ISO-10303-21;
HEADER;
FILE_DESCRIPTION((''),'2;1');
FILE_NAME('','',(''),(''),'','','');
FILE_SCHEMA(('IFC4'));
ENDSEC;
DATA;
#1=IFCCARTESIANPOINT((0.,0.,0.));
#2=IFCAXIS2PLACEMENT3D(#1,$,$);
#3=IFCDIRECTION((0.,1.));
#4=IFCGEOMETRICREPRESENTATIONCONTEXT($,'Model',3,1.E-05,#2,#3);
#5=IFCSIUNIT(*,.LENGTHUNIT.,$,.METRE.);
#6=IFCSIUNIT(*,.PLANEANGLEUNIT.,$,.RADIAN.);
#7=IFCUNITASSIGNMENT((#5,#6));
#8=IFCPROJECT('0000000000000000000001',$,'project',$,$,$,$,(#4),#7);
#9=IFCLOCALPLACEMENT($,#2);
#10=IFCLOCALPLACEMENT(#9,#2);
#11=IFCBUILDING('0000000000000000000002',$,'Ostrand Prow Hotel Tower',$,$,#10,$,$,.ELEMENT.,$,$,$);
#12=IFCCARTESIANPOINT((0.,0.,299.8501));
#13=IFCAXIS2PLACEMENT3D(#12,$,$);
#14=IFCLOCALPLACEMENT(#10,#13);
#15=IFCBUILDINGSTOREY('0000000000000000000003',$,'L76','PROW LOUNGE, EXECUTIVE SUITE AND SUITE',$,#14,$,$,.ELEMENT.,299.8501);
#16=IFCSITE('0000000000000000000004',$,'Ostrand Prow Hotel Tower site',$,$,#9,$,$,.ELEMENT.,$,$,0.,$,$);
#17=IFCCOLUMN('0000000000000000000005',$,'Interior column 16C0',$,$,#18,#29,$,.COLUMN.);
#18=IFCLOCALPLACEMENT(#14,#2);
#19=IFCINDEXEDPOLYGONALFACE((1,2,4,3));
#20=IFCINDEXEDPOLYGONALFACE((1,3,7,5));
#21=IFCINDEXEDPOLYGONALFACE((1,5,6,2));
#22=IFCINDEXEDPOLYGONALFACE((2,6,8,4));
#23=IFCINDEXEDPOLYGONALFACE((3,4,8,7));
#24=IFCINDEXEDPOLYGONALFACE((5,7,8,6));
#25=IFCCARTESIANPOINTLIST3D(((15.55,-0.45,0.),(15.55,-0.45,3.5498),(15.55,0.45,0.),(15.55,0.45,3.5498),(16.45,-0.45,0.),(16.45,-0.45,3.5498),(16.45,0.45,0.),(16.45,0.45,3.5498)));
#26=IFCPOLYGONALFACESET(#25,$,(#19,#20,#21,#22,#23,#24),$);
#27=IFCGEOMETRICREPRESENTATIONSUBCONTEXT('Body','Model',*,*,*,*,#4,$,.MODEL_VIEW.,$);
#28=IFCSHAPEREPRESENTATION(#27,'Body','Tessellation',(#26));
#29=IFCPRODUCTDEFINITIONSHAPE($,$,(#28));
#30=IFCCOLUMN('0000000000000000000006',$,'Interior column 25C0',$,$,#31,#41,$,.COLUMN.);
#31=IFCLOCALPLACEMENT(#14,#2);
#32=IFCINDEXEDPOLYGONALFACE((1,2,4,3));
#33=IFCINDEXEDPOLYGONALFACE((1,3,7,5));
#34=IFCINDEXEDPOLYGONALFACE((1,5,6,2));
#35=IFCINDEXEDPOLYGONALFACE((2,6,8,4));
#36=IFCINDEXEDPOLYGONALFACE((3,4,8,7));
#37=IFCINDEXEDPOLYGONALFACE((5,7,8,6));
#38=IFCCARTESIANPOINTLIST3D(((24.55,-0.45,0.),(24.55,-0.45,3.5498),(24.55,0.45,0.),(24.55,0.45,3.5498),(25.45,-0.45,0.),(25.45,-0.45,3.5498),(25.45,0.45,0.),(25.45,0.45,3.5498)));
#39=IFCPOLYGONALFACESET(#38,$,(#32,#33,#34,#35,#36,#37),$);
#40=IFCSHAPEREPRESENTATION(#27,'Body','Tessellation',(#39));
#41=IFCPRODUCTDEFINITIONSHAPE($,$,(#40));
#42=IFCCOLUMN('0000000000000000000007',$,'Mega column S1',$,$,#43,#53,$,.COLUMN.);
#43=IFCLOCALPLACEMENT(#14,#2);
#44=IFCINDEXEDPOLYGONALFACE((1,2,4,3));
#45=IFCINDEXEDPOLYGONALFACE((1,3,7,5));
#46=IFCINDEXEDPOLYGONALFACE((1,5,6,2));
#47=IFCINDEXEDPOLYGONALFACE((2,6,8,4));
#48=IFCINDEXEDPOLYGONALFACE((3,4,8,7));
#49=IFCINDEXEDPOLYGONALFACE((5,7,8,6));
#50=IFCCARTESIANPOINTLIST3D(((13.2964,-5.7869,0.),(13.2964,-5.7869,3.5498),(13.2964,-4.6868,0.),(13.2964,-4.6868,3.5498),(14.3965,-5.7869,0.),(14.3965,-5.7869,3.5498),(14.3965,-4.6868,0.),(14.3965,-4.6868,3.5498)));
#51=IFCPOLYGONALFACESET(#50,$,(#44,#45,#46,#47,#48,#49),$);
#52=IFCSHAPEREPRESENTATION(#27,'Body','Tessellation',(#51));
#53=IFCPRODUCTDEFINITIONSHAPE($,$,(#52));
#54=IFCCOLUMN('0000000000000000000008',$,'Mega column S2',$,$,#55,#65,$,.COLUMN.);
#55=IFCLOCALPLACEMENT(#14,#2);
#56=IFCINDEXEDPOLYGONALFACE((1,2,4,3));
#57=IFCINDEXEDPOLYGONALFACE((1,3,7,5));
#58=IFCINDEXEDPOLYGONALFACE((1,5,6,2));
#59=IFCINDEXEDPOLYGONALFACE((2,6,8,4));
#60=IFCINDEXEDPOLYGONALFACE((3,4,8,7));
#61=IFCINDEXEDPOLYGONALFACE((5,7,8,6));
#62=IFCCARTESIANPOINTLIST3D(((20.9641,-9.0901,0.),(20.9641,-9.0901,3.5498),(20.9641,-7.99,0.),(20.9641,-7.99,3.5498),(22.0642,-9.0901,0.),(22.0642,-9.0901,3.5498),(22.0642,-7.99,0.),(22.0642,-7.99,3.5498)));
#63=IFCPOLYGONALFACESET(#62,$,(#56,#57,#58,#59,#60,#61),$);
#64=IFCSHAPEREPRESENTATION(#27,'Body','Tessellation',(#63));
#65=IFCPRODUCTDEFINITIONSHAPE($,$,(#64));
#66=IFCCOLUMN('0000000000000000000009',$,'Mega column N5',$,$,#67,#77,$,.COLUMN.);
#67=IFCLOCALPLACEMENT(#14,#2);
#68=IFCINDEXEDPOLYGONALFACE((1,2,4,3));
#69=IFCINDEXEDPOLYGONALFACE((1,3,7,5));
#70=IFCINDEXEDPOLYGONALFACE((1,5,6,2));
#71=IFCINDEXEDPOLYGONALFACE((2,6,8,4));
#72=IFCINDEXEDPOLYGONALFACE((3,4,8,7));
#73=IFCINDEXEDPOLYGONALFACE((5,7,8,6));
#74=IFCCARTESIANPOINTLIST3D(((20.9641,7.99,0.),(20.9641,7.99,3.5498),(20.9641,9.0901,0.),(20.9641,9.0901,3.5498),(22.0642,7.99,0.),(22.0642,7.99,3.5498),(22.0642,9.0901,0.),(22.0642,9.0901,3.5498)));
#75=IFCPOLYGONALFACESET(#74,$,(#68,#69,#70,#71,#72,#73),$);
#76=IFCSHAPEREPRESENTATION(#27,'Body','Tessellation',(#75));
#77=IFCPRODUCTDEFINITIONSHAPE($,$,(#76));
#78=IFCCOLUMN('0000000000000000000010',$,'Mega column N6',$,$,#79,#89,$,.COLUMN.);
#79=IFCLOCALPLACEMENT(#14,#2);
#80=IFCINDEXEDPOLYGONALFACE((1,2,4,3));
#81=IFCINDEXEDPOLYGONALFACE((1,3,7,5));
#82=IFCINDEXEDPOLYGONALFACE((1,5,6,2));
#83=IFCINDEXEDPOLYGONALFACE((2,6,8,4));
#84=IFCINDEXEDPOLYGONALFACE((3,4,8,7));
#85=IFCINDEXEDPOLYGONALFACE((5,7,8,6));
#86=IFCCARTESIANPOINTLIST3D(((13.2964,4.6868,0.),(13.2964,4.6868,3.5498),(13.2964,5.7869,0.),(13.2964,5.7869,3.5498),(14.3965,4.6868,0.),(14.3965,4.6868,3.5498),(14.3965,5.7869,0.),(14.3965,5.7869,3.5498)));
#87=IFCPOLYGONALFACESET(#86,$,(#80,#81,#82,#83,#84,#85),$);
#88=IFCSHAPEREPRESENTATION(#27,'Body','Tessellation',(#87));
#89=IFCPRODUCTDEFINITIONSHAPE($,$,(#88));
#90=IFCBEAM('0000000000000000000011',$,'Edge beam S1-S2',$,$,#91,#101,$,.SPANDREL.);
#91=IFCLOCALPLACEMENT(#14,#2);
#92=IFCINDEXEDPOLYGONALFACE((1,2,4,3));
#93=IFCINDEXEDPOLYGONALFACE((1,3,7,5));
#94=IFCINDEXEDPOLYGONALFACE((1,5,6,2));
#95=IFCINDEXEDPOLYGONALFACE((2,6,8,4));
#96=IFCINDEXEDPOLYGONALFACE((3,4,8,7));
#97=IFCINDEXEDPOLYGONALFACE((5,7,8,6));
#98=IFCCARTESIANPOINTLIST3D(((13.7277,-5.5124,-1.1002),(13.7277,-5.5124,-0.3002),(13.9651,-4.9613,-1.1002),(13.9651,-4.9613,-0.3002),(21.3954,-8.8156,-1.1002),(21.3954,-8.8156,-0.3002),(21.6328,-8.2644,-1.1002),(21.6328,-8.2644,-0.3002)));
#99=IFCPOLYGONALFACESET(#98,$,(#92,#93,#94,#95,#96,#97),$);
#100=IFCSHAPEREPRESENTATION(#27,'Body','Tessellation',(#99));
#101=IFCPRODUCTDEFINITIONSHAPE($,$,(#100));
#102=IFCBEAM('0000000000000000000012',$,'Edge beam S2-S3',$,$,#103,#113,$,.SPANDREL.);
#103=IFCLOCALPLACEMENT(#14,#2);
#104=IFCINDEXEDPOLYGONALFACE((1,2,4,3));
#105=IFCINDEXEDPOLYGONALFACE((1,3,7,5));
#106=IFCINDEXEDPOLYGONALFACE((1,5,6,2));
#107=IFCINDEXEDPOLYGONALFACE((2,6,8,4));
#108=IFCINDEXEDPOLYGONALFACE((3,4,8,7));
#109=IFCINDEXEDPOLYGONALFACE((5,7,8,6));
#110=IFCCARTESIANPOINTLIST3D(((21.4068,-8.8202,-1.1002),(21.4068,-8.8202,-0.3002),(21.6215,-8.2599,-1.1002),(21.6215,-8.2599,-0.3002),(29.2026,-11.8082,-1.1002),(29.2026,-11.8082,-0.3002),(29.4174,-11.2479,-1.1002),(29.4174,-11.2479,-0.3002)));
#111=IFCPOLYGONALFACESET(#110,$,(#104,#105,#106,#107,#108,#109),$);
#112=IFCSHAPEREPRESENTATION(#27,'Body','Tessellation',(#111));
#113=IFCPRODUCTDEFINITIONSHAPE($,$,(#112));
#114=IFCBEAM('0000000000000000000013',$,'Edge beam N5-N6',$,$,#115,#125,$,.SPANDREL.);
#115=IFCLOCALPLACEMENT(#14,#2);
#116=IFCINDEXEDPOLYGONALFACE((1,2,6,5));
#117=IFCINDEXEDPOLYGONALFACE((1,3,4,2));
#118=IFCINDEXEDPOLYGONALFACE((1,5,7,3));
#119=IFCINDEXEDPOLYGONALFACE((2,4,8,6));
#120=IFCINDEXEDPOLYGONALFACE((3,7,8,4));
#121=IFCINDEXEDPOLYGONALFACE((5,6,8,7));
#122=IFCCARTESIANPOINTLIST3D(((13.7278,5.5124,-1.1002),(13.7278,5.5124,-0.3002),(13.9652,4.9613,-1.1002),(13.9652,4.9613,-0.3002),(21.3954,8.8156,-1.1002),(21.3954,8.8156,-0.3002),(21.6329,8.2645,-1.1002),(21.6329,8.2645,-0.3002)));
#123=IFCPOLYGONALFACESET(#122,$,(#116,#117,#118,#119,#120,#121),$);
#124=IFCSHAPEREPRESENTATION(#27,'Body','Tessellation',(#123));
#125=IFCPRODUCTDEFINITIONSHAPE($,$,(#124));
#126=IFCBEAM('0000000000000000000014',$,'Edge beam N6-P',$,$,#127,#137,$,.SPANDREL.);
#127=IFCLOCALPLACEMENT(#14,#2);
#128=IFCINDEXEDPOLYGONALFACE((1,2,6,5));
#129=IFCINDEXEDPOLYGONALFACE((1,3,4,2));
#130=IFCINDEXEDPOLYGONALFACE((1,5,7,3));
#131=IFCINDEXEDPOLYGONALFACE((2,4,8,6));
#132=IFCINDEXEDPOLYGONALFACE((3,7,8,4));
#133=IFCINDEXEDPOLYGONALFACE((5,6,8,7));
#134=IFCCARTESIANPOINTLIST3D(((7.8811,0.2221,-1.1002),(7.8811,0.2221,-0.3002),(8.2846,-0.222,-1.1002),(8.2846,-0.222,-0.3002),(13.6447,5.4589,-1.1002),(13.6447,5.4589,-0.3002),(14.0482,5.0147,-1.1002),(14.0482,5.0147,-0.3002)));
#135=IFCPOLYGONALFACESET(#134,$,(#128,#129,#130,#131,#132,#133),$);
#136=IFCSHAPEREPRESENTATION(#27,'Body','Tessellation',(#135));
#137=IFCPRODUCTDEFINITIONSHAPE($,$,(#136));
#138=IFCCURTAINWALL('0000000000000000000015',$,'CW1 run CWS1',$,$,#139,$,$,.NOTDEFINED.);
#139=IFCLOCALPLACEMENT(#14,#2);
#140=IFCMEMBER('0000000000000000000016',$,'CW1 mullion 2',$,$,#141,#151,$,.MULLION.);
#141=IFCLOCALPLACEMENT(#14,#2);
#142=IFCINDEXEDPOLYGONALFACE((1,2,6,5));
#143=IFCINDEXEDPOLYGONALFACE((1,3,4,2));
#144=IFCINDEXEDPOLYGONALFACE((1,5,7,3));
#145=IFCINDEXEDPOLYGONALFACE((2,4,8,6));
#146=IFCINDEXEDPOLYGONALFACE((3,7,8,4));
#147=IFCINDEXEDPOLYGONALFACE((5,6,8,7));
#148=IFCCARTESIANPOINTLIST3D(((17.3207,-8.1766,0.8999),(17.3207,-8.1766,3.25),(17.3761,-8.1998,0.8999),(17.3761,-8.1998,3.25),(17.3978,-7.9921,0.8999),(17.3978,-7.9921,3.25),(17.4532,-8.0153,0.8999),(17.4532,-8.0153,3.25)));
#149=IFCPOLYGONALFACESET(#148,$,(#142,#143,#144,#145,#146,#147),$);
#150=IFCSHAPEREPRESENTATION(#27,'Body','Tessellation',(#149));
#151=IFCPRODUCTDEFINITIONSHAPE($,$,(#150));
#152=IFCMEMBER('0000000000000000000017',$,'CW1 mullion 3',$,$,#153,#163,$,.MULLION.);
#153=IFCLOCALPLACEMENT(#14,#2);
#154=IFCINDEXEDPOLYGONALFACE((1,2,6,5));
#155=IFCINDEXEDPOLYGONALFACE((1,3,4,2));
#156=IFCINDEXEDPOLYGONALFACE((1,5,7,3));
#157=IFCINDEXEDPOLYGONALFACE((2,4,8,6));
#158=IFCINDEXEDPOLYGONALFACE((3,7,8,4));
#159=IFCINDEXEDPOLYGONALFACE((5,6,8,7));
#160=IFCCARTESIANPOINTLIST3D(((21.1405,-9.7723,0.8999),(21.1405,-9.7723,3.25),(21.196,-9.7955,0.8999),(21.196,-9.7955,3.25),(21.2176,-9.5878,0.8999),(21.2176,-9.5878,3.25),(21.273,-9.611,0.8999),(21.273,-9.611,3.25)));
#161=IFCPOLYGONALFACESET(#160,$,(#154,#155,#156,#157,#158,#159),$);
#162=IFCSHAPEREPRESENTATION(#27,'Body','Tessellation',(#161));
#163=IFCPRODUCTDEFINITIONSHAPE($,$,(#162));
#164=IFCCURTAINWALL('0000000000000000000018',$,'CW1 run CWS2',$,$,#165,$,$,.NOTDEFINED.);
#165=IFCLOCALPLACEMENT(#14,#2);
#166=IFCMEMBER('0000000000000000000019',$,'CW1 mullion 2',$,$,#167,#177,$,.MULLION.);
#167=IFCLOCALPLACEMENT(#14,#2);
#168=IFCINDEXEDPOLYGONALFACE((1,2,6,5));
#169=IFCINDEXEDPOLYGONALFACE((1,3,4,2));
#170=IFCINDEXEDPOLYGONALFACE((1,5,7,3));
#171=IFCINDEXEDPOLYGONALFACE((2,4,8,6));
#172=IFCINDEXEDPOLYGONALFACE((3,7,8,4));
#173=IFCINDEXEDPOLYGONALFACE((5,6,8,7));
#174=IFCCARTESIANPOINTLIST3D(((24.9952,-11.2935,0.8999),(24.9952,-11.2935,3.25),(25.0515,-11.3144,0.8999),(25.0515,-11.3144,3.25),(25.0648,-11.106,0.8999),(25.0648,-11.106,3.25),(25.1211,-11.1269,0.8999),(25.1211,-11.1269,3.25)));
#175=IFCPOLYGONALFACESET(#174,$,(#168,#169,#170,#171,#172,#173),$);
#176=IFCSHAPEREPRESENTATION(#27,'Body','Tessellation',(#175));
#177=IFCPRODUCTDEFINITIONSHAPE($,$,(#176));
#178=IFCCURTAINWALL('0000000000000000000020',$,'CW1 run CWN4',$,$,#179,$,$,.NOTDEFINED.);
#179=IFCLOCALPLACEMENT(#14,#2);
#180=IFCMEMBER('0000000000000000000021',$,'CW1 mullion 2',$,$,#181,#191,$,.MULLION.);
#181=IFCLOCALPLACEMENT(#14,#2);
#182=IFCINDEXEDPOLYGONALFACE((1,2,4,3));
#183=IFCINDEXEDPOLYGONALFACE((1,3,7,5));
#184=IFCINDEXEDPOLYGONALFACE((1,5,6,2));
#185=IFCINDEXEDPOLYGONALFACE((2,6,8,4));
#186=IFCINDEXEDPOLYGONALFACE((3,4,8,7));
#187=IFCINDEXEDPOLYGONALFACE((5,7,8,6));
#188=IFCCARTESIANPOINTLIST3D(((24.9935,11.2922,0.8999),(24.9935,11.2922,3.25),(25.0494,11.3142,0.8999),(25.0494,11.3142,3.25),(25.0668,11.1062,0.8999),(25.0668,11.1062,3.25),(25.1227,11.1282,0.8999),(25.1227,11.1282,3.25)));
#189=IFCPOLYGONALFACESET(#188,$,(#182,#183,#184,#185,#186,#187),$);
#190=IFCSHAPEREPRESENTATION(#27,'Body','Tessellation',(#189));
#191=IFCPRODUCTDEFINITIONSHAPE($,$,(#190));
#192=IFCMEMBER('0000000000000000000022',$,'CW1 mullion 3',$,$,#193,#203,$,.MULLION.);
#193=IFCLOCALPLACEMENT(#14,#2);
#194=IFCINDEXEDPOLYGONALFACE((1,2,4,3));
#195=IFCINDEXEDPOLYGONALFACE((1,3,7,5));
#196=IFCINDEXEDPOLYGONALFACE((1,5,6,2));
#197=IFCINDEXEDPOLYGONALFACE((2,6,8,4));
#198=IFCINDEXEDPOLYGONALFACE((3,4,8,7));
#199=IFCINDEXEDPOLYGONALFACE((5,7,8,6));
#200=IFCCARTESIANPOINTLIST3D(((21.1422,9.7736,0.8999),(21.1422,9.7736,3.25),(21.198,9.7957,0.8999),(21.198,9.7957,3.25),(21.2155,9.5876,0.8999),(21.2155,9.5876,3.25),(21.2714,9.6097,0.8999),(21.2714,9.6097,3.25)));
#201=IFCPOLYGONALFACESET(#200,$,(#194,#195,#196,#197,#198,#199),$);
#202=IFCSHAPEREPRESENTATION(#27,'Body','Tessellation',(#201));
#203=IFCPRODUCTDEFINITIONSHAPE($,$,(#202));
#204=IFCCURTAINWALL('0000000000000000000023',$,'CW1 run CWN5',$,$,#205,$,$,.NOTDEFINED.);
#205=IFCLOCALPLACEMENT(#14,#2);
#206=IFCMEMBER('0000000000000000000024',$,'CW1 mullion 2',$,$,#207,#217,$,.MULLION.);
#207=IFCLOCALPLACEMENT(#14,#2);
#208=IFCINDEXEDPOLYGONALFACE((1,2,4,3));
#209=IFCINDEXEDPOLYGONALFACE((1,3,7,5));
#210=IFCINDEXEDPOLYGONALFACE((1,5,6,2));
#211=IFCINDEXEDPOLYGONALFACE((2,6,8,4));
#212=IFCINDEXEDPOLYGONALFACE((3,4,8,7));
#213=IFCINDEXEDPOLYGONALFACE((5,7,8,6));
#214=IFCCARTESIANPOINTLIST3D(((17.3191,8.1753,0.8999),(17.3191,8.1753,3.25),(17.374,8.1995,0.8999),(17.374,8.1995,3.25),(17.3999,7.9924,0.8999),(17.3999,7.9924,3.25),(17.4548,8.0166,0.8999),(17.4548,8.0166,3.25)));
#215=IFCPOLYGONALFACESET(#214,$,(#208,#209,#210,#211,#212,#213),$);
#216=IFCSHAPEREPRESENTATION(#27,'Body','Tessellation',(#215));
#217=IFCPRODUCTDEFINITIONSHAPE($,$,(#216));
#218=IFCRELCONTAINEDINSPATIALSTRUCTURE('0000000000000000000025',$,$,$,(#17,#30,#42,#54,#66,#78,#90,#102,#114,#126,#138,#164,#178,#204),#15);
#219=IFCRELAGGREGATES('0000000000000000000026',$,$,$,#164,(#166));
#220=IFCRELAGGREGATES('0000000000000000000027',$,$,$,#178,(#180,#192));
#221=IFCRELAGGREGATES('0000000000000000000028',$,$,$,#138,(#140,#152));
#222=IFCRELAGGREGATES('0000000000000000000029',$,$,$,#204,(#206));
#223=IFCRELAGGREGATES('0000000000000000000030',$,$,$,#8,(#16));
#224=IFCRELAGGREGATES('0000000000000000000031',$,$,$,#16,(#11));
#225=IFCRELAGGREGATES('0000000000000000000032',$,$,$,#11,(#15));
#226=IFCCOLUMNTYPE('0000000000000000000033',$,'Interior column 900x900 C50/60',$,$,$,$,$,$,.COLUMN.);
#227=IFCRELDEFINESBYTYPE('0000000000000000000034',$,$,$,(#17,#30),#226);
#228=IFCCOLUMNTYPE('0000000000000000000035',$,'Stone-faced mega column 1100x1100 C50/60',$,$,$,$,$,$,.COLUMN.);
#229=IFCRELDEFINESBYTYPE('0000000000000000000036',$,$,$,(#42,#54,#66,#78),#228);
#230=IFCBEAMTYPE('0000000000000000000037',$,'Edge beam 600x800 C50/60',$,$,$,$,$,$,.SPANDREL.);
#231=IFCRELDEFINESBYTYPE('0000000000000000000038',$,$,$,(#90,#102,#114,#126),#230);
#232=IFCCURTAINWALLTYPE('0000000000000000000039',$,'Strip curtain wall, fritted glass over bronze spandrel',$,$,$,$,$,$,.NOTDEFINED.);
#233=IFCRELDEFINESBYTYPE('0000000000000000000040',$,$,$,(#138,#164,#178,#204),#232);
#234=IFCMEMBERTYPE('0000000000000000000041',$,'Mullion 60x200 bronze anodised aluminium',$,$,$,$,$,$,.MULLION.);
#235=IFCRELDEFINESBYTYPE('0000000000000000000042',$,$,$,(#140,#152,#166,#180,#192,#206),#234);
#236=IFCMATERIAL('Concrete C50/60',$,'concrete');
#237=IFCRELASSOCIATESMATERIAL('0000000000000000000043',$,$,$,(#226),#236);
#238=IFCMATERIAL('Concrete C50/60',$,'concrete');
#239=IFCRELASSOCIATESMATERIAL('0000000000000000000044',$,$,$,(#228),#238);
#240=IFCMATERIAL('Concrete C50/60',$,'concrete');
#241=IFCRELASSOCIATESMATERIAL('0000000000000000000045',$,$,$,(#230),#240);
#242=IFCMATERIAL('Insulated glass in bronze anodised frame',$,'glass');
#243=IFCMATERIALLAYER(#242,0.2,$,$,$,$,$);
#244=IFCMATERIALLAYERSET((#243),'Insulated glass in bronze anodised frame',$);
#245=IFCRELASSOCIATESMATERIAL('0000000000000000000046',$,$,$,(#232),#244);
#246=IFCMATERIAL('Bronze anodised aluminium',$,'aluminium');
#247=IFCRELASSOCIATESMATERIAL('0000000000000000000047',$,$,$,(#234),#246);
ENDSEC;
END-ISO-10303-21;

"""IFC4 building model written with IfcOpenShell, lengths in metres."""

from ifc_helpers import new_model, si_unit, direction, frame, origin, origin_2d, place, context, subcontext, project, spatial, rectangle, extrude, material, layer, layer_set, material_profile, profile_set, type_object, element, aggregate, save


model = new_model("IFC4")

# Units and contexts
model_context = context("Model", 3, precision=1e-05, world=origin(), true_north=direction((0.0, 1.0)))
body_context = subcontext(model_context, "Body", "Model", "MODEL_VIEW")
ifc_project = project(units=[si_unit("LENGTHUNIT", "METRE"), si_unit("PLANEANGLEUNIT", "RADIAN")], contexts=[model_context])

# Site, building, storey
site_placement = place(None, origin())
site = spatial("IfcSite", under=ifc_project, at=site_placement, Name="Ostrand Prow Hotel Tower site", CompositionType="ELEMENT", RefElevation=0.0)
building_placement = place(site_placement, origin())
building = spatial("IfcBuilding", under=site, at=building_placement, Name="Ostrand Prow Hotel Tower", CompositionType="ELEMENT")
storey_placement = place(building_placement, frame((0.0, 0.0, 299.8501)))
storey = spatial("IfcBuildingStorey", under=building, at=storey_placement, Name="L76", Description="PROW LOUNGE, EXECUTIVE SUITE AND SUITE", CompositionType="ELEMENT", Elevation=299.8501)

# Columns
ifc_material_1 = material(Name="Concrete C50/60", Category="concrete")
ifc_material_profile_1 = material_profile(ifc_material_1, rectangle(XDim=0.8999, YDim=0.8999, at=origin_2d()), Name="RC 900x900")
ifc_profile_set_1 = profile_set([ifc_material_profile_1], Name="Concrete C50/60")
column_type_1 = type_object("IfcColumnType", Name="Interior column 900x900 C50/60", PredefinedType="COLUMN", material=ifc_profile_set_1)
for number, where, z_axis, x_axis, name in (
    (1, (16.0, 0.0, 0.0), (0.0, 0.0, 1.0), (1.0, 0.0, 0.0), "Interior column 16C0"),
    (2, (25.0, 0.0, 0.0), (0.0, 0.0, 1.0), (1.0, 0.0, 0.0), "Interior column 25C0"),
):
    element("IfcColumn", number, at=place(storey_placement, frame(where, z_axis=z_axis, x_axis=x_axis)), inside=storey, type_object=column_type_1, Name=name, PredefinedType="COLUMN", context=body_context, shape_type="SweptSolid", body=[
        extrude(rectangle(XDim=0.8999, YDim=0.8999, at=origin_2d()), origin(), (0.0, 0.0, 1.0), 3.5498),
    ])
ifc_material_2 = material(Name="Concrete C50/60", Category="concrete")
ifc_material_profile_2 = material_profile(ifc_material_2, rectangle(XDim=1.1001, YDim=1.1001, at=origin_2d()), Name="RC 1100x1100")
ifc_profile_set_2 = profile_set([ifc_material_profile_2], Name="Concrete C50/60")
column_type_2 = type_object("IfcColumnType", Name="Stone-faced mega column 1100x1100 C50/60", PredefinedType="COLUMN", material=ifc_profile_set_2)
for number, where, z_axis, x_axis, name in (
    (3, (13.8464, -5.2368, 0.0), (0.0, 0.0, 1.0), (1.0, 0.0, 0.0), "Mega column S1"),
    (4, (21.5142, -8.54, 0.0), (0.0, 0.0, 1.0), (1.0, 0.0, 0.0), "Mega column S2"),
    (5, (21.5142, 8.54, 0.0), (0.0, 0.0, 1.0), (1.0, 0.0, 0.0), "Mega column N5"),
    (6, (13.8464, 5.2368, 0.0), (0.0, 0.0, 1.0), (1.0, 0.0, 0.0), "Mega column N6"),
):
    element("IfcColumn", number, at=place(storey_placement, frame(where, z_axis=z_axis, x_axis=x_axis)), inside=storey, type_object=column_type_2, Name=name, PredefinedType="COLUMN", context=body_context, shape_type="SweptSolid", body=[
        extrude(rectangle(XDim=1.1001, YDim=1.1001, at=origin_2d()), origin(), (0.0, 0.0, 1.0), 3.5498),
    ])

# Beams
ifc_material_3 = material(Name="Concrete C50/60", Category="concrete")
ifc_material_profile_3 = material_profile(ifc_material_3, rectangle(XDim=0.6001, YDim=0.8, at=origin_2d()), Name="RC 600x800")
ifc_profile_set_3 = profile_set([ifc_material_profile_3], Name="Concrete C50/60")
beam_type = type_object("IfcBeamType", Name="Edge beam 600x800 C50/60", PredefinedType="SPANDREL", material=ifc_profile_set_3)
for number, where, z_axis, x_axis, name in (
    (7, (13.8464, -5.2368, -0.7002), (0.918404, -0.395644, 0.0), (0.395644, 0.918404, 0.0), "Edge beam S1-S2"),
    (8, (21.5142, -8.54, -0.7002), (0.933762, -0.357895, 0.0), (0.357895, 0.933762, 0.0), "Edge beam S2-S3"),
    (9, (21.5142, 8.54, -0.7002), (-0.918404, -0.395644, 0.0), (0.395644, -0.918404, 0.0), "Edge beam N5-N6"),
):
    element("IfcBeam", number, at=place(storey_placement, frame(where, z_axis=z_axis, x_axis=x_axis)), inside=storey, type_object=beam_type, Name=name, PredefinedType="SPANDREL", context=body_context, shape_type="SweptSolid", body=[
        extrude(rectangle(XDim=0.6001, YDim=0.8, at=origin_2d()), origin(), (0.0, 0.0, 1.0), 8.3489),
    ])
beam_placement = place(storey_placement, frame((13.8464, 5.2368, -0.7002), z_axis=(-0.740124, -0.67247, 0.0), x_axis=(0.67247, -0.740124, 0.0)))
element("IfcBeam", 10, at=beam_placement, inside=storey, type_object=beam_type, Name="Edge beam N6-P", PredefinedType="SPANDREL", context=body_context, shape_type="SweptSolid", body=[
    extrude(rectangle(XDim=0.6001, YDim=0.8, at=origin_2d()), origin(), (0.0, 0.0, 1.0), 7.7874),
])

# Curtain wall, members
ifc_material_4 = material(Name="Insulated glass in bronze anodised frame", Category="glass")
ifc_layer_1 = layer(ifc_material_4, 0.2)
ifc_layer_set_1 = layer_set([ifc_layer_1], Name="Insulated glass in bronze anodised frame")
curtain_wall_type = type_object("IfcCurtainWallType", Name="Strip curtain wall, fritted glass over bronze spandrel", PredefinedType="NOTDEFINED", material=ifc_layer_set_1)
curtain_wall_1_placement = place(storey_placement, origin())
curtain_wall_1 = element("IfcCurtainWall", 11, at=curtain_wall_1_placement, inside=storey, type_object=curtain_wall_type, Name="CW1 run CWS1", PredefinedType="NOTDEFINED")
ifc_material_5 = material(Name="Bronze anodised aluminium", Category="aluminium")
ifc_material_profile_4 = material_profile(ifc_material_5, rectangle(XDim=0.2, YDim=0.0601, at=origin_2d()), Name="Mullion 60x200 bronze anodised aluminium")
ifc_profile_set_4 = profile_set([ifc_material_profile_4], Name="Bronze anodised aluminium")
member_type_1 = type_object("IfcMemberType", Name="Mullion 60x200 bronze anodised aluminium", PredefinedType="MULLION", material=ifc_profile_set_4)
member_1_placement = place(storey_placement, frame((17.387, -8.0959, 0.8999), z_axis=(0.0, 0.0, 1.0), x_axis=(0.385471, 0.92272, 0.0)))
member_1 = element("IfcMember", 12, at=member_1_placement, type_object=member_type_1, Name="CW1 mullion 2", PredefinedType="MULLION", context=body_context, shape_type="SweptSolid", body=[
    extrude(rectangle(XDim=0.2, YDim=0.0601, at=origin_2d()), origin(), (0.0, 0.0, 1.0), 2.3501),
])
member_2_placement = place(storey_placement, frame((21.2068, -9.6917, 0.8999), z_axis=(0.0, 0.0, 1.0), x_axis=(0.385471, 0.92272, 0.0)))
member_2 = element("IfcMember", 13, at=member_2_placement, type_object=member_type_1, Name="CW1 mullion 3", PredefinedType="MULLION", context=body_context, shape_type="SweptSolid", body=[
    extrude(rectangle(XDim=0.2, YDim=0.0601, at=origin_2d()), origin(), (0.0, 0.0, 1.0), 2.3501),
])

# Curtain wall, member
curtain_wall_2_placement = place(storey_placement, origin())
curtain_wall_2 = element("IfcCurtainWall", 14, at=curtain_wall_2_placement, inside=storey, type_object=curtain_wall_type, Name="CW1 run CWS2", PredefinedType="NOTDEFINED")
member_3_placement = place(storey_placement, frame((25.0581, -11.2102, 0.8999), z_axis=(0.0, 0.0, 1.0), x_axis=(0.348071, 0.937468, 0.0)))
member_3 = element("IfcMember", 15, at=member_3_placement, type_object=member_type_1, Name="CW1 mullion 2", PredefinedType="MULLION", context=body_context, shape_type="SweptSolid", body=[
    extrude(rectangle(XDim=0.2, YDim=0.0601, at=origin_2d()), origin(), (0.0, 0.0, 1.0), 2.3501),
])

# Curtain wall, members
curtain_wall_3_placement = place(storey_placement, origin())
curtain_wall_3 = element("IfcCurtainWall", 16, at=curtain_wall_3_placement, inside=storey, type_object=curtain_wall_type, Name="CW1 run CWN4", PredefinedType="NOTDEFINED")
member_4_placement = place(storey_placement, frame((25.0581, 11.2102, 0.8999), z_axis=(0.0, 0.0, 1.0), x_axis=(0.366845, -0.930282, 0.0)))
member_4 = element("IfcMember", 17, at=member_4_placement, type_object=member_type_1, Name="CW1 mullion 2", PredefinedType="MULLION", context=body_context, shape_type="SweptSolid", body=[
    extrude(rectangle(XDim=0.2, YDim=0.0601, at=origin_2d()), origin(), (0.0, 0.0, 1.0), 2.3501),
])
member_5_placement = place(storey_placement, frame((21.2068, 9.6917, 0.8999), z_axis=(0.0, 0.0, 1.0), x_axis=(0.366845, -0.930282, 0.0)))
member_5 = element("IfcMember", 18, at=member_5_placement, type_object=member_type_1, Name="CW1 mullion 3", PredefinedType="MULLION", context=body_context, shape_type="SweptSolid", body=[
    extrude(rectangle(XDim=0.2, YDim=0.0601, at=origin_2d()), origin(), (0.0, 0.0, 1.0), 2.3501),
])

# Curtain wall, member
curtain_wall_4_placement = place(storey_placement, origin())
curtain_wall_4 = element("IfcCurtainWall", 19, at=curtain_wall_4_placement, inside=storey, type_object=curtain_wall_type, Name="CW1 run CWN5", PredefinedType="NOTDEFINED")
member_6_placement = place(storey_placement, frame((17.387, 8.0959, 0.8999), z_axis=(0.0, 0.0, 1.0), x_axis=(0.40394, -0.914786, 0.0)))
member_6 = element("IfcMember", 20, at=member_6_placement, type_object=member_type_1, Name="CW1 mullion 2", PredefinedType="MULLION", context=body_context, shape_type="SweptSolid", body=[
    extrude(rectangle(XDim=0.2, YDim=0.0601, at=origin_2d()), origin(), (0.0, 0.0, 1.0), 2.3501),
])

aggregate(curtain_wall_2, [member_3])
aggregate(curtain_wall_3, [member_4, member_5])
aggregate(curtain_wall_1, [member_1, member_2])
aggregate(curtain_wall_4, [member_6])

save(model, "model.ifc")
